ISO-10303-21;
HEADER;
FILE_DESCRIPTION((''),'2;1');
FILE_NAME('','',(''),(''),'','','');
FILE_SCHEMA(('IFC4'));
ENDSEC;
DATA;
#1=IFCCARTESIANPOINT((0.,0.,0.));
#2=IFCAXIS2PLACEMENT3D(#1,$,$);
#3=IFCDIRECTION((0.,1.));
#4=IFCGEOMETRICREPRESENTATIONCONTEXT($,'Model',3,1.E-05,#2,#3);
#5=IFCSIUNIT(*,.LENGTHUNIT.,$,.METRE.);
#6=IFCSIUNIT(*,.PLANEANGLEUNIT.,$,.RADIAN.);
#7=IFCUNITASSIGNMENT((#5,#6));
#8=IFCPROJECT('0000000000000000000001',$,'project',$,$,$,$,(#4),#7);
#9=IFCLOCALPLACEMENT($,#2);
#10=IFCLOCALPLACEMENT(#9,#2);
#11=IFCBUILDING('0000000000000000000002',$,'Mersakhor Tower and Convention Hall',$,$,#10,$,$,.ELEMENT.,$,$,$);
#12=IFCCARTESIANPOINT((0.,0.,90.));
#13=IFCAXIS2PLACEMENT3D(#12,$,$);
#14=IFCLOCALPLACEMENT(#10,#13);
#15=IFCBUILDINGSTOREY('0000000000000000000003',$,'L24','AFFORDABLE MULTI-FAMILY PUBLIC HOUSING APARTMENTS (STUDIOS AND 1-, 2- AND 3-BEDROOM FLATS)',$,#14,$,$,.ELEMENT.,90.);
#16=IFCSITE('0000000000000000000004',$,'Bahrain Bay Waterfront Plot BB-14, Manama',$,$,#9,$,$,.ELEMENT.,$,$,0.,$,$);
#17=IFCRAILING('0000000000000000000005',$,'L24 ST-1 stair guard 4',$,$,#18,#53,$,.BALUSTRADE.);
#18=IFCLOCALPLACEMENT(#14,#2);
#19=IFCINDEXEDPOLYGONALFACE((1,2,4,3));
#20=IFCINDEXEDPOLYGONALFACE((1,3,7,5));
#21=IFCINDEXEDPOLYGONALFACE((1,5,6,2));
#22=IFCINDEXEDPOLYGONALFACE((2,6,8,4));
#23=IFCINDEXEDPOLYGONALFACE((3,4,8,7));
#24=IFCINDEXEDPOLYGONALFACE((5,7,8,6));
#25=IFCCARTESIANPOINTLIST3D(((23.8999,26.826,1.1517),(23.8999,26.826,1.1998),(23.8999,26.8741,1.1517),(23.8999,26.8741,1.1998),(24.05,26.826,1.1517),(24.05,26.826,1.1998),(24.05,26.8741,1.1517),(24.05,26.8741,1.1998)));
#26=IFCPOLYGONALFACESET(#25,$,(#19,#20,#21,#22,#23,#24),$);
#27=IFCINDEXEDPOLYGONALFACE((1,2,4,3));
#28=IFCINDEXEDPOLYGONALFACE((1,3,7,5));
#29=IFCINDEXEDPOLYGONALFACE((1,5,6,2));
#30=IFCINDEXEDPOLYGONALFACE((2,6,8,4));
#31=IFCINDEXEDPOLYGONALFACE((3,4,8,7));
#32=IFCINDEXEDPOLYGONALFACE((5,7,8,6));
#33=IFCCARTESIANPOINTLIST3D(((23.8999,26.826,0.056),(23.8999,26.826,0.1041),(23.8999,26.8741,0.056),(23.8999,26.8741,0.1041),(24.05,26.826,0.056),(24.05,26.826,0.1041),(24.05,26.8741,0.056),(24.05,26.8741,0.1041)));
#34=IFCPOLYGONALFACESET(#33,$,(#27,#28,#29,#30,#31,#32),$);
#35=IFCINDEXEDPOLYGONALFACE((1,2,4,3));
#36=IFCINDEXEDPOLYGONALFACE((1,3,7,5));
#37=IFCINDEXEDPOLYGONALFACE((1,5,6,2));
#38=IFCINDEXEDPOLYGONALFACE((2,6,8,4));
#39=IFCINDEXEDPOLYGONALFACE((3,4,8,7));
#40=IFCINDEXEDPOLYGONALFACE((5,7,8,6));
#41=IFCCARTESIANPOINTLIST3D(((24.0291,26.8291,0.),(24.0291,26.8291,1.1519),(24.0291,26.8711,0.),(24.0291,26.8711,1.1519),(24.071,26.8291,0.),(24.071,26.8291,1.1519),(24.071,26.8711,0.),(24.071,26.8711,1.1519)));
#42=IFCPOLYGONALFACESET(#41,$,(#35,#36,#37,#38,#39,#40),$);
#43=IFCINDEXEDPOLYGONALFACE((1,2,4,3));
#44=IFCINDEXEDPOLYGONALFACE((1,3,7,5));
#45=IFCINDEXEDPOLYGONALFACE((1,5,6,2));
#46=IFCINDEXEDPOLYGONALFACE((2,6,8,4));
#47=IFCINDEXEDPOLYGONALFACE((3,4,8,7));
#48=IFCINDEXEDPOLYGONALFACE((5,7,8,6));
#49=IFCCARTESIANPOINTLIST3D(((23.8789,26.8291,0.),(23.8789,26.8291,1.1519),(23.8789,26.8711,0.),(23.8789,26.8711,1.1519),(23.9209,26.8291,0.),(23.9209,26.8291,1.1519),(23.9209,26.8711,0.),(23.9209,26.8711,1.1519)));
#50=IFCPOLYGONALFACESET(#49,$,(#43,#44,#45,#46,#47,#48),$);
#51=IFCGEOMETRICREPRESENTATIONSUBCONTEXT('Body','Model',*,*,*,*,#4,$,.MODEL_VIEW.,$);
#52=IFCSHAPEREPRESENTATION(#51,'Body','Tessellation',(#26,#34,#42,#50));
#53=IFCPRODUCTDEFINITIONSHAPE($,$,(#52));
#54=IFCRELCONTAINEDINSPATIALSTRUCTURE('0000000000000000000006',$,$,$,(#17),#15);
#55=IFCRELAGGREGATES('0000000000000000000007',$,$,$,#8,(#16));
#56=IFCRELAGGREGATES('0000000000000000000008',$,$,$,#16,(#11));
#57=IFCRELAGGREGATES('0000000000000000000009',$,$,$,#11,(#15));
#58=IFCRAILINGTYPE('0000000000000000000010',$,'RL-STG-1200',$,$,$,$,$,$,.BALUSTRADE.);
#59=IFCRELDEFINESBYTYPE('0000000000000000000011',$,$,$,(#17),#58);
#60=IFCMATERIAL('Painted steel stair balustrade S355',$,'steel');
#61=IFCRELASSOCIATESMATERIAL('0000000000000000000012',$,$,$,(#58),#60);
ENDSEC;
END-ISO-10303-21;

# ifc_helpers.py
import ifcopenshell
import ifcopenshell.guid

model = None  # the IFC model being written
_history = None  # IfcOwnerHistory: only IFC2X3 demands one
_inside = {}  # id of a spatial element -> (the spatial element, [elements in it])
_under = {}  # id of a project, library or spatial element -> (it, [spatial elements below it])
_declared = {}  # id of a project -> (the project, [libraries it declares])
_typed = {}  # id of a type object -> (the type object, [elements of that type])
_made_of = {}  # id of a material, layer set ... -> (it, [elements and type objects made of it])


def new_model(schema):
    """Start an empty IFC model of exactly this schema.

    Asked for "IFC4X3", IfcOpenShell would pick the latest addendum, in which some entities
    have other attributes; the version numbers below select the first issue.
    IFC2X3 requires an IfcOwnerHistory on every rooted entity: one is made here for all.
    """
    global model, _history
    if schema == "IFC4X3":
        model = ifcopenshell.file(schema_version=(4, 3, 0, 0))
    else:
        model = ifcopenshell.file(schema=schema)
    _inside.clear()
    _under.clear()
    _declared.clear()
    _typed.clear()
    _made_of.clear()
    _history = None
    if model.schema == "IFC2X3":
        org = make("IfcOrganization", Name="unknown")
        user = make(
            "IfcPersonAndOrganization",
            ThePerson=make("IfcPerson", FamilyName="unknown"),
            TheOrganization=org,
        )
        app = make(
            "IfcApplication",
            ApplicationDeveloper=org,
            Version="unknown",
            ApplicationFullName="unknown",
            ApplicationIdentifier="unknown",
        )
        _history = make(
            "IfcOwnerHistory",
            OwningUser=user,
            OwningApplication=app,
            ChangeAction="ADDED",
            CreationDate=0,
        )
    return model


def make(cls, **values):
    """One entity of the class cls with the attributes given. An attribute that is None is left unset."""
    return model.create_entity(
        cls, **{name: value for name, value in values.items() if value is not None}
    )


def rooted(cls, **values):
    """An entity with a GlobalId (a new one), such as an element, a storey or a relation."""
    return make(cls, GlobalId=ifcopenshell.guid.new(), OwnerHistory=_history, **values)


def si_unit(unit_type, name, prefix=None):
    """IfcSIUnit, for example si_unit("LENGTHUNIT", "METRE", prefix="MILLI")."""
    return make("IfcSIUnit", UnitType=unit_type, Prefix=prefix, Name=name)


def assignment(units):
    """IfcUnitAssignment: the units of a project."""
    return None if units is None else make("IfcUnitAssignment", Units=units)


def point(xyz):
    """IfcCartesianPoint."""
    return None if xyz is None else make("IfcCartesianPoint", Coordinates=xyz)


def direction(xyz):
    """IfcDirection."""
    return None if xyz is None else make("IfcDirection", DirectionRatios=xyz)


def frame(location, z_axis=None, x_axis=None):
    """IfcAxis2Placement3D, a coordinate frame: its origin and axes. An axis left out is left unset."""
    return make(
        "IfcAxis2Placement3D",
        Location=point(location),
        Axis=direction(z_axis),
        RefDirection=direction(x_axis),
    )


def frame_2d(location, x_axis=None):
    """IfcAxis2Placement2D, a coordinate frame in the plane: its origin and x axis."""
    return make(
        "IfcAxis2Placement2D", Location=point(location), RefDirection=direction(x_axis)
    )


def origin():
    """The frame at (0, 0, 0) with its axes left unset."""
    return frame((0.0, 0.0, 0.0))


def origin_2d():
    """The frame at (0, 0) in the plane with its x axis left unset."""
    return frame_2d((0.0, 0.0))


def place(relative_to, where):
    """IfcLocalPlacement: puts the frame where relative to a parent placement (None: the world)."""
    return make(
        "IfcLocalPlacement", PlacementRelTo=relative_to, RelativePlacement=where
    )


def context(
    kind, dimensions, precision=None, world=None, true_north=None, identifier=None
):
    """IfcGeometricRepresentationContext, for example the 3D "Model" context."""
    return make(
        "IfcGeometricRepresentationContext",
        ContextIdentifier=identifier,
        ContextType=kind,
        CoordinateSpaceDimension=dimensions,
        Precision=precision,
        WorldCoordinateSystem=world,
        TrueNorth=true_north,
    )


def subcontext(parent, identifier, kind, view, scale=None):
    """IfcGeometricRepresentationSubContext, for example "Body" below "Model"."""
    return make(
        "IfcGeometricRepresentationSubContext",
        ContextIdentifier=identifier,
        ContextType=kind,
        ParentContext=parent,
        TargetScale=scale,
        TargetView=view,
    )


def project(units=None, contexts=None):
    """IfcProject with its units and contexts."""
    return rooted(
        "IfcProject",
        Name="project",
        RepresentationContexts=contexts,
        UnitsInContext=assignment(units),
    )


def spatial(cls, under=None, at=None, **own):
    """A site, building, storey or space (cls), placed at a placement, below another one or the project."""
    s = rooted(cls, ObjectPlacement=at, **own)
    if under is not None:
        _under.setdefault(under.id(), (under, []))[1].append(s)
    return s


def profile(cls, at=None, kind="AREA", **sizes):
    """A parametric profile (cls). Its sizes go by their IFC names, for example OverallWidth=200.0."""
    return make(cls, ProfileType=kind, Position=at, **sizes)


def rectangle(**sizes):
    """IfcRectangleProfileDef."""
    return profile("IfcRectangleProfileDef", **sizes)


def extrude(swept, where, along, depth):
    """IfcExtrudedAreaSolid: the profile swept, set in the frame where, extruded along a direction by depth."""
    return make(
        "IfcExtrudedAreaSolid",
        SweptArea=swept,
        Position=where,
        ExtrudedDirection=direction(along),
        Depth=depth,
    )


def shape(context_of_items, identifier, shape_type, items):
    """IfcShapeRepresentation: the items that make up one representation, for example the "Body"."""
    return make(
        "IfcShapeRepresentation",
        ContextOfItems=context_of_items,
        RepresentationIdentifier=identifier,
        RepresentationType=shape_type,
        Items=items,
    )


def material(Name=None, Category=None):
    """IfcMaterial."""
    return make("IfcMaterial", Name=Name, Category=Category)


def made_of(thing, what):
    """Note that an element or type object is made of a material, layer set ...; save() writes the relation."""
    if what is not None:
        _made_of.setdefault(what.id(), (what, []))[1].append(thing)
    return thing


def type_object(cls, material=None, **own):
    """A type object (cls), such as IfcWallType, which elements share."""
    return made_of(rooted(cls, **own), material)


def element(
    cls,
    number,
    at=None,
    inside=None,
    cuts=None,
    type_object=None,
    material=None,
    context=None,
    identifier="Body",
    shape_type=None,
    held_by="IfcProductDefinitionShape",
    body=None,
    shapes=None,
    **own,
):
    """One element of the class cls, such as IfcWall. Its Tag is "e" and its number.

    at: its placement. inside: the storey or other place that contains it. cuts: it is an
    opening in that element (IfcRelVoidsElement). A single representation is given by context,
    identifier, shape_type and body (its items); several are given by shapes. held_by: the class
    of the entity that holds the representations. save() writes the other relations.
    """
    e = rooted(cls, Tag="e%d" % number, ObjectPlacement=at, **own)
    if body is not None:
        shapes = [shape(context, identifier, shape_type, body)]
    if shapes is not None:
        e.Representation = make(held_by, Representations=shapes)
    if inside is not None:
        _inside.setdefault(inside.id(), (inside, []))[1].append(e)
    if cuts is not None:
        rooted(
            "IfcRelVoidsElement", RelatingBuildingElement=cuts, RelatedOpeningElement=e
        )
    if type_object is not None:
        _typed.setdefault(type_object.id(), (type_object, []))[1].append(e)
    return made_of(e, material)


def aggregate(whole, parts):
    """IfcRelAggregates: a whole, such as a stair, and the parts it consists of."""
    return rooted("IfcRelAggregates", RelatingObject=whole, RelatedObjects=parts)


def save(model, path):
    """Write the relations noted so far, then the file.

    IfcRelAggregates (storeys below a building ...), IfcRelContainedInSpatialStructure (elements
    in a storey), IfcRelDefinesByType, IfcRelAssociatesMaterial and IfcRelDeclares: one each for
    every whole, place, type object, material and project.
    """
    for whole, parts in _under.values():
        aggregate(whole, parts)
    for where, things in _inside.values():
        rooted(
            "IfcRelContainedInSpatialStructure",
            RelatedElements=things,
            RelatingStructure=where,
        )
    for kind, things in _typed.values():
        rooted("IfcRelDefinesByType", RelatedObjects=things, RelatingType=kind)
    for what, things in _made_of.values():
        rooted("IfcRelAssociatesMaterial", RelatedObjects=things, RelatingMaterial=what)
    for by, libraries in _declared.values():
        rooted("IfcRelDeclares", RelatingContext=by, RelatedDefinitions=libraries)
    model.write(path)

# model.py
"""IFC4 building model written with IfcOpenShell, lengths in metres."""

from ifc_helpers import new_model, si_unit, direction, frame, origin, origin_2d, place, context, subcontext, project, spatial, rectangle, extrude, material, type_object, element, save


model = new_model("IFC4")

# Units and contexts
model_context = context("Model", 3, precision=1e-05, world=origin(), true_north=direction((0.0, 1.0)))
body_context = subcontext(model_context, "Body", "Model", "MODEL_VIEW")
ifc_project = project(units=[si_unit("LENGTHUNIT", "METRE"), si_unit("PLANEANGLEUNIT", "RADIAN")], contexts=[model_context])

# Site, building, storey
site_placement = place(None, origin())
site = spatial("IfcSite", under=ifc_project, at=site_placement, Name="Bahrain Bay Waterfront Plot BB-14, Manama", CompositionType="ELEMENT", RefElevation=0.0)
building_placement = place(site_placement, origin())
building = spatial("IfcBuilding", under=site, at=building_placement, Name="Mersakhor Tower and Convention Hall", CompositionType="ELEMENT")
storey_placement = place(building_placement, frame((0.0, 0.0, 90.0)))
storey = spatial("IfcBuildingStorey", under=building, at=storey_placement, Name="L24", Description="AFFORDABLE MULTI-FAMILY PUBLIC HOUSING APARTMENTS (STUDIOS AND 1-, 2- AND 3-BEDROOM FLATS)", CompositionType="ELEMENT", Elevation=90.0)

# Railing
ifc_material_1 = material(Name="Painted steel stair balustrade S355", Category="steel")
railing_type_1 = type_object("IfcRailingType", Name="RL-STG-1200", PredefinedType="BALUSTRADE", material=ifc_material_1)
railing_1_placement = place(storey_placement, frame((24.05, 26.8501, 0.0)))
element("IfcRailing", 1, at=railing_1_placement, inside=storey, type_object=railing_type_1, Name="L24 ST-1 stair guard 4", PredefinedType="BALUSTRADE", context=body_context, shape_type="SweptSolid", body=[
    extrude(rectangle(XDim=0.0481, YDim=0.0481, at=origin_2d()), frame((0.0, 0.0, 1.1758), z_axis=(-1.0, 0.0, 0.0), x_axis=(0.0, -1.0, 0.0)), (0.0, 0.0, 1.0), 0.1501),
    extrude(rectangle(XDim=0.0481, YDim=0.0481, at=origin_2d()), frame((0.0, 0.0, 0.0801), z_axis=(-1.0, 0.0, 0.0), x_axis=(0.0, -1.0, 0.0)), (0.0, 0.0, 1.0), 0.1501),
    extrude(rectangle(XDim=0.042, YDim=0.042, at=origin_2d()), origin(), (0.0, 0.0, 1.0), 1.1519),
    extrude(rectangle(XDim=0.042, YDim=0.042, at=origin_2d()), frame((-0.1501, 0.0, 0.0)), (0.0, 0.0, 1.0), 1.1519),
])

save(model, "model.ifc")
